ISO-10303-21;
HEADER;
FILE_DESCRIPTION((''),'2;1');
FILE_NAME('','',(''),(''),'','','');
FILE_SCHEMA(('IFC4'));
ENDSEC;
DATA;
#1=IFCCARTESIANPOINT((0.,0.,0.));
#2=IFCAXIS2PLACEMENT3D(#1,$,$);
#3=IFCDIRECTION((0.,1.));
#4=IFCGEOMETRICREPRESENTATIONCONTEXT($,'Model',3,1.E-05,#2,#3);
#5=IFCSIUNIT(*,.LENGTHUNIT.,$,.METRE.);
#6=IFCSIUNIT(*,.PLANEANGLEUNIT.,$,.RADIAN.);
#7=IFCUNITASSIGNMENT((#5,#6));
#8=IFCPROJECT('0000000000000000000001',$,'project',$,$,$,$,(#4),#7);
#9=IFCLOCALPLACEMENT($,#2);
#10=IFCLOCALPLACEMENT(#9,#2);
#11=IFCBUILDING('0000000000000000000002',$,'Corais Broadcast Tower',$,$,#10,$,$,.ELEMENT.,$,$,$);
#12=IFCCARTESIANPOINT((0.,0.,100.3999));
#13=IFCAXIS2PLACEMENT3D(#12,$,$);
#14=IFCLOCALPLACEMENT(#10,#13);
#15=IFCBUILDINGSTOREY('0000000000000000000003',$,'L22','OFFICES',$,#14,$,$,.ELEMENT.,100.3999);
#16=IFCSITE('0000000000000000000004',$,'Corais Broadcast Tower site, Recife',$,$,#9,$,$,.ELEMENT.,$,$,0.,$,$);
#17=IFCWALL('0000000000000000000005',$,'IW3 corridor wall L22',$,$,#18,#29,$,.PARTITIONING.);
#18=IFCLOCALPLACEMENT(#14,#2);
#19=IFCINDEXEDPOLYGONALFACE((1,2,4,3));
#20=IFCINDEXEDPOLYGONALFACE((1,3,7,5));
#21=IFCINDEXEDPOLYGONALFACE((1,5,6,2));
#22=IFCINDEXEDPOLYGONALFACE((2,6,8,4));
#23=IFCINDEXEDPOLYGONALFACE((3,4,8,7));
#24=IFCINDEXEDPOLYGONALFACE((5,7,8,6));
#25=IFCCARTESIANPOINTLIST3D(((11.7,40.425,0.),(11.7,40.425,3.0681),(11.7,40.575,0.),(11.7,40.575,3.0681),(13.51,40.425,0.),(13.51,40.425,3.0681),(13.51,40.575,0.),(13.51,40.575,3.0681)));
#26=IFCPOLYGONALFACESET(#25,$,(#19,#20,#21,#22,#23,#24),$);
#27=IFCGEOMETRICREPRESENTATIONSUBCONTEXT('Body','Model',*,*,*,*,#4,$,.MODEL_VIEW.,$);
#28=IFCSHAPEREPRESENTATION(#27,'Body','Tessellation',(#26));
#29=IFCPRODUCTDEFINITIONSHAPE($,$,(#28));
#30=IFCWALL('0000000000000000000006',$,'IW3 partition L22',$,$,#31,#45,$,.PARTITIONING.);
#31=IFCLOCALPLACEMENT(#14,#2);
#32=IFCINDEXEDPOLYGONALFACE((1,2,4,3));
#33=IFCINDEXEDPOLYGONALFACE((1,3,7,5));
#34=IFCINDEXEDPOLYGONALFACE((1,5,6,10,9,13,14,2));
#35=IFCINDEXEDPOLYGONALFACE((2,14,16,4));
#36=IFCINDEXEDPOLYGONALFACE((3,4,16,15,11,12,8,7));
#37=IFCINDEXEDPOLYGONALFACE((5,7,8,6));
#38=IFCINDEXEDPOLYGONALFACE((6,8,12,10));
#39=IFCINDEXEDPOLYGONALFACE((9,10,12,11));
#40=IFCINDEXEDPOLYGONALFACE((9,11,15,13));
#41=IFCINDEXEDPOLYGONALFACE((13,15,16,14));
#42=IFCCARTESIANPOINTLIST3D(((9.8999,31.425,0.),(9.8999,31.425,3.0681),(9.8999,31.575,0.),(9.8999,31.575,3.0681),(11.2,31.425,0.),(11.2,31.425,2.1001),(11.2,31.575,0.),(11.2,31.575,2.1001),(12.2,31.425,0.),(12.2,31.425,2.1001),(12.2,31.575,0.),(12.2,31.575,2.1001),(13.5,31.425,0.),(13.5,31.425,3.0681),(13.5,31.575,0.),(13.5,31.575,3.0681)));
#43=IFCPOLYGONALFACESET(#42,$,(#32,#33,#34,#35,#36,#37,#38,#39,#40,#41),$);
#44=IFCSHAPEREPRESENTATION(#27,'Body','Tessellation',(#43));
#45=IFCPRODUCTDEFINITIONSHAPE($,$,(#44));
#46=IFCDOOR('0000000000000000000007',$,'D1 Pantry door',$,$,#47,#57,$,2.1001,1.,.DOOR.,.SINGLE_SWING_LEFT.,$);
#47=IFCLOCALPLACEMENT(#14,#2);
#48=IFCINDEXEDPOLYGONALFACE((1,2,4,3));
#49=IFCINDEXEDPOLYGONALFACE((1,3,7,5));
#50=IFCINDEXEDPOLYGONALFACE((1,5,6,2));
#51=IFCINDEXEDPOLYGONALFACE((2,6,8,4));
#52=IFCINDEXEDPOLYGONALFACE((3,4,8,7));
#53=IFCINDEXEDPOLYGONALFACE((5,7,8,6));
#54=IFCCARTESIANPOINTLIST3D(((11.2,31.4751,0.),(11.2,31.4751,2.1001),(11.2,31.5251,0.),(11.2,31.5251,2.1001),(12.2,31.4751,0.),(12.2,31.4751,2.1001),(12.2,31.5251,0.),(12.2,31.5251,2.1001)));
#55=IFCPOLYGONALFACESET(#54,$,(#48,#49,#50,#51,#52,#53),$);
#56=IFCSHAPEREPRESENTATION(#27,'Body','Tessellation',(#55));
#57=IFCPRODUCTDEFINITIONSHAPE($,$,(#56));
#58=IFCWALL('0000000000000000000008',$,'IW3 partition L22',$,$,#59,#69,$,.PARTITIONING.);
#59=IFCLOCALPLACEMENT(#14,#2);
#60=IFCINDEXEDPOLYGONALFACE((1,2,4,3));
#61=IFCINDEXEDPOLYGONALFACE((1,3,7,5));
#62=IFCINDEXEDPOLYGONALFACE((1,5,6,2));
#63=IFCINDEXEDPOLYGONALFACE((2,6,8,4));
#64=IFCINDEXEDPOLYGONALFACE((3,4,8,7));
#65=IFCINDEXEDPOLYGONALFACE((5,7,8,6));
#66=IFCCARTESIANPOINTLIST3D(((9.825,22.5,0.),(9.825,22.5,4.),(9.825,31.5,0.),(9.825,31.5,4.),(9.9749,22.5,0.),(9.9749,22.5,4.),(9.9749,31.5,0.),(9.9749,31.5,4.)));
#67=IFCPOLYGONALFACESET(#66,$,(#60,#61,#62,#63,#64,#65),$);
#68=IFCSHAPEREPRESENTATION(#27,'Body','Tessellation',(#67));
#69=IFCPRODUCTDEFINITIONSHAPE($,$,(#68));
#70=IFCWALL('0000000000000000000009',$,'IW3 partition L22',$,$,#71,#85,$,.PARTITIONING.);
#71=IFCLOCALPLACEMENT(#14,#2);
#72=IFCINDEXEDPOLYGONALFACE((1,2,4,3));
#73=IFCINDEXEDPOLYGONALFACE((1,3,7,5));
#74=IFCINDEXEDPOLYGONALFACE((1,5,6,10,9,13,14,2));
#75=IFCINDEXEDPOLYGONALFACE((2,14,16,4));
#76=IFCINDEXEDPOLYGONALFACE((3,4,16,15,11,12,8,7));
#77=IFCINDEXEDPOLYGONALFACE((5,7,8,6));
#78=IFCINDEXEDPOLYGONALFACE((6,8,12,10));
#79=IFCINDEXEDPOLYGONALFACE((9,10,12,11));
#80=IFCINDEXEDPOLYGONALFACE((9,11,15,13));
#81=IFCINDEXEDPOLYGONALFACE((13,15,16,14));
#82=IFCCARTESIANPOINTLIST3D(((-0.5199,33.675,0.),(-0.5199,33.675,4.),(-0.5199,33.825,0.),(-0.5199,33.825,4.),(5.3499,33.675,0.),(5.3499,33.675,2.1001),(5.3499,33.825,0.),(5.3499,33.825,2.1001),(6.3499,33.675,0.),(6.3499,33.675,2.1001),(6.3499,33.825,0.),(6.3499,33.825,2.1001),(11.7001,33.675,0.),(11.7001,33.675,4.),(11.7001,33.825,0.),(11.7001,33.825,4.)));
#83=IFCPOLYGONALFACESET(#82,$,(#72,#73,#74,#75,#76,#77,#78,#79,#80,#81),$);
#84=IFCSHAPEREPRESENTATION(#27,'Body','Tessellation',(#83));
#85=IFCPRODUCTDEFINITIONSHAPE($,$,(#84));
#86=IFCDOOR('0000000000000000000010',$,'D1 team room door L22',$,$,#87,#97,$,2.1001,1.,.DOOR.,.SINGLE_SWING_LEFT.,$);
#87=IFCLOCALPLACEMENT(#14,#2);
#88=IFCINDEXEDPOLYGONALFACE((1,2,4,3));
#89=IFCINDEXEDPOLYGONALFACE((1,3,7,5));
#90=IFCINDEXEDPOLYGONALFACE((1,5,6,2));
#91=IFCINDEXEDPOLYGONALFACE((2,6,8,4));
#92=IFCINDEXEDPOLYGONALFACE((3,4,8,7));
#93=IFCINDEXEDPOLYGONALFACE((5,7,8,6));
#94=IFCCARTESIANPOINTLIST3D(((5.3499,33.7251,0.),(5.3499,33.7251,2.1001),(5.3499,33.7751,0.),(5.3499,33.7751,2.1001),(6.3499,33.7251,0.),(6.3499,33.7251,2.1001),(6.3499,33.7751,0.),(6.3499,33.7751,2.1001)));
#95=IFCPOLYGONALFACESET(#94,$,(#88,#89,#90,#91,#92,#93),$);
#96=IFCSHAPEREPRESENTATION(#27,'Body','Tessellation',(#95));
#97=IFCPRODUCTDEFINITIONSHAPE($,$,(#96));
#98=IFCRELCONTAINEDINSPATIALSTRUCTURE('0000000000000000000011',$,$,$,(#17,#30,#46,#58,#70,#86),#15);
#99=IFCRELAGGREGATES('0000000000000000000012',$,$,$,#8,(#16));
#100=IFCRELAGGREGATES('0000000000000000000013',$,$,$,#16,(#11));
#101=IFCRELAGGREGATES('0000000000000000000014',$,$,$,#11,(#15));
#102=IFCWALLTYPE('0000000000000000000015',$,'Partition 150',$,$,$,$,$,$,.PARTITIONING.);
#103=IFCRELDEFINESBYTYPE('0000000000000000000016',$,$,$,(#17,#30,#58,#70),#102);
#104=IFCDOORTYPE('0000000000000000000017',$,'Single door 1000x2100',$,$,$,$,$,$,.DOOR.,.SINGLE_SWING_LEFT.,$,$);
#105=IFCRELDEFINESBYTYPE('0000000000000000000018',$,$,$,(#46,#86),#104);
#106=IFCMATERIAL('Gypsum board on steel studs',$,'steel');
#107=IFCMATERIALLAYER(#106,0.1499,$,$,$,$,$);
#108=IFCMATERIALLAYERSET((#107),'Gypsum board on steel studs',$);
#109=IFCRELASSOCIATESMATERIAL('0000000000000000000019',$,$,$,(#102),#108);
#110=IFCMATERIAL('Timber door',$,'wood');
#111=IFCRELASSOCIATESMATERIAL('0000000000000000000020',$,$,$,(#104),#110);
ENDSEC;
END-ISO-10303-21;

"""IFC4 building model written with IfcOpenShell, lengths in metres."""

from ifc_helpers import new_model, si_unit, direction, frame, frame_2d, origin, place, context, subcontext, project, spatial, rectangle, extrude, material, layer, layer_set, type_object, element, fill, save


model = new_model("IFC4")

# Units and contexts
model_context = context("Model", 3, precision=1e-05, world=origin(), true_north=direction((0.0, 1.0)))
body_context = subcontext(model_context, "Body", "Model", "MODEL_VIEW")
ifc_project = project(units=[si_unit("LENGTHUNIT", "METRE"), si_unit("PLANEANGLEUNIT", "RADIAN")], contexts=[model_context])

# Site, building, storey
site_placement = place(None, origin())
site = spatial("IfcSite", under=ifc_project, at=site_placement, Name="Corais Broadcast Tower site, Recife", CompositionType="ELEMENT", RefElevation=0.0)
building_placement = place(site_placement, origin())
building = spatial("IfcBuilding", under=site, at=building_placement, Name="Corais Broadcast Tower", CompositionType="ELEMENT")
storey_placement = place(building_placement, frame((0.0, 0.0, 100.3999)))
storey = spatial("IfcBuildingStorey", under=building, at=storey_placement, Name="L22", Description="OFFICES", CompositionType="ELEMENT", Elevation=100.3999)

# Shared definitions
ifc_material_1 = material(Name="Gypsum board on steel studs", Category="steel")
ifc_layer_1 = layer(ifc_material_1, 0.1499)
ifc_layer_set_1 = layer_set([ifc_layer_1], Name="Gypsum board on steel studs")
wall_type_1 = type_object("IfcWallType", Name="Partition 150", PredefinedType="PARTITIONING", material=ifc_layer_set_1)
ifc_material_2 = material(Name="Timber door", Category="wood")
door_type_1 = type_object("IfcDoorType", Name="Single door 1000x2100", OperationType="SINGLE_SWING_LEFT", PredefinedType="DOOR", material=ifc_material_2)

# Wall
wall_1_placement = place(storey_placement, frame((13.51, 40.5, 0.0), z_axis=(0.0, 0.0, 1.0), x_axis=(-1.0, 0.0, 0.0)))
element("IfcWall", 1, at=wall_1_placement, inside=storey, type_object=wall_type_1, Name="IW3 corridor wall L22", PredefinedType="PARTITIONING", context=body_context, shape_type="SweptSolid", body=[
    extrude(rectangle(XDim=1.8101, YDim=0.1499, at=frame_2d((0.905, 0.0))), origin(), (0.0, 0.0, 1.0), 3.0681),
])

# Wall, opening, door
wall_2_placement = place(storey_placement, frame((13.5, 31.5, 0.0), z_axis=(0.0, 0.0, 1.0), x_axis=(-1.0, 0.0, 0.0)))
wall_2 = element("IfcWall", 2, at=wall_2_placement, inside=storey, type_object=wall_type_1, Name="IW3 partition L22", PredefinedType="PARTITIONING", context=body_context, shape_type="SweptSolid", body=[
    extrude(rectangle(XDim=3.6001, YDim=0.1499, at=frame_2d((1.8, 0.0))), origin(), (0.0, 0.0, 1.0), 3.0681),
])
opening_1_placement = place(wall_2_placement, frame((1.3, 0.0, 0.0)))
opening_1 = element("IfcOpeningElement", 3, at=opening_1_placement, cuts=wall_2, PredefinedType="OPENING", context=body_context, shape_type="SweptSolid", body=[
    extrude(rectangle(XDim=1.0, YDim=2.1001, at=frame_2d((0.5, 1.05))), frame((0.0, 0.085, 0.0), z_axis=(0.0, -1.0, 0.0), x_axis=(1.0, 0.0, 0.0)), (0.0, 0.0, 1.0), 0.1699),
])
door_1_placement = place(opening_1_placement, origin())
door_1 = element("IfcDoor", 4, at=door_1_placement, inside=storey, type_object=door_type_1, Name="D1 Pantry door", OperationType="SINGLE_SWING_LEFT", OverallHeight=2.1001, OverallWidth=1.0, PredefinedType="DOOR", context=body_context, shape_type="SweptSolid", body=[
    extrude(rectangle(XDim=1.0, YDim=2.1001, at=frame_2d((0.5, 1.05))), frame((0.0, 0.0249, 0.0), z_axis=(0.0, -1.0, 0.0), x_axis=(1.0, 0.0, 0.0)), (0.0, 0.0, 1.0), 0.05),
])
fill(opening_1, door_1)

# Wall
wall_3_placement = place(storey_placement, frame((9.8999, 31.5, 0.0), z_axis=(0.0, 0.0, 1.0), x_axis=(0.0, -1.0, 0.0)))
element("IfcWall", 5, at=wall_3_placement, inside=storey, type_object=wall_type_1, Name="IW3 partition L22", PredefinedType="PARTITIONING", context=body_context, shape_type="SweptSolid", body=[
    extrude(rectangle(XDim=9.0, YDim=0.1499, at=frame_2d((4.5, 0.0))), origin(), (0.0, 0.0, 1.0), 4.0),
])

# Wall, opening, door
wall_4_placement = place(storey_placement, frame((11.7, 33.75, 0.0), z_axis=(0.0, 0.0, 1.0), x_axis=(-1.0, 0.0, 0.0)))
wall_4 = element("IfcWall", 6, at=wall_4_placement, inside=storey, type_object=wall_type_1, Name="IW3 partition L22", PredefinedType="PARTITIONING", context=body_context, shape_type="SweptSolid", body=[
    extrude(rectangle(XDim=12.22, YDim=0.1499, at=frame_2d((6.1099, 0.0))), origin(), (0.0, 0.0, 1.0), 4.0),
])
opening_2_placement = place(wall_4_placement, frame((5.3501, 0.0, 0.0)))
opening_2 = element("IfcOpeningElement", 7, at=opening_2_placement, cuts=wall_4, PredefinedType="OPENING", context=body_context, shape_type="SweptSolid", body=[
    extrude(rectangle(XDim=1.0, YDim=2.1001, at=frame_2d((0.5, 1.05))), frame((0.0, 0.085, 0.0), z_axis=(0.0, -1.0, 0.0), x_axis=(1.0, 0.0, 0.0)), (0.0, 0.0, 1.0), 0.1699),
])
door_2_placement = place(opening_2_placement, origin())
door_2 = element("IfcDoor", 8, at=door_2_placement, inside=storey, type_object=door_type_1, Name="D1 team room door L22", OperationType="SINGLE_SWING_LEFT", OverallHeight=2.1001, OverallWidth=1.0, PredefinedType="DOOR", context=body_context, shape_type="SweptSolid", body=[
    extrude(rectangle(XDim=1.0, YDim=2.1001, at=frame_2d((0.5, 1.05))), frame((0.0, 0.0249, 0.0), z_axis=(0.0, -1.0, 0.0), x_axis=(1.0, 0.0, 0.0)), (0.0, 0.0, 1.0), 0.05),
])
fill(opening_2, door_2)

save(model, "model.ifc")
